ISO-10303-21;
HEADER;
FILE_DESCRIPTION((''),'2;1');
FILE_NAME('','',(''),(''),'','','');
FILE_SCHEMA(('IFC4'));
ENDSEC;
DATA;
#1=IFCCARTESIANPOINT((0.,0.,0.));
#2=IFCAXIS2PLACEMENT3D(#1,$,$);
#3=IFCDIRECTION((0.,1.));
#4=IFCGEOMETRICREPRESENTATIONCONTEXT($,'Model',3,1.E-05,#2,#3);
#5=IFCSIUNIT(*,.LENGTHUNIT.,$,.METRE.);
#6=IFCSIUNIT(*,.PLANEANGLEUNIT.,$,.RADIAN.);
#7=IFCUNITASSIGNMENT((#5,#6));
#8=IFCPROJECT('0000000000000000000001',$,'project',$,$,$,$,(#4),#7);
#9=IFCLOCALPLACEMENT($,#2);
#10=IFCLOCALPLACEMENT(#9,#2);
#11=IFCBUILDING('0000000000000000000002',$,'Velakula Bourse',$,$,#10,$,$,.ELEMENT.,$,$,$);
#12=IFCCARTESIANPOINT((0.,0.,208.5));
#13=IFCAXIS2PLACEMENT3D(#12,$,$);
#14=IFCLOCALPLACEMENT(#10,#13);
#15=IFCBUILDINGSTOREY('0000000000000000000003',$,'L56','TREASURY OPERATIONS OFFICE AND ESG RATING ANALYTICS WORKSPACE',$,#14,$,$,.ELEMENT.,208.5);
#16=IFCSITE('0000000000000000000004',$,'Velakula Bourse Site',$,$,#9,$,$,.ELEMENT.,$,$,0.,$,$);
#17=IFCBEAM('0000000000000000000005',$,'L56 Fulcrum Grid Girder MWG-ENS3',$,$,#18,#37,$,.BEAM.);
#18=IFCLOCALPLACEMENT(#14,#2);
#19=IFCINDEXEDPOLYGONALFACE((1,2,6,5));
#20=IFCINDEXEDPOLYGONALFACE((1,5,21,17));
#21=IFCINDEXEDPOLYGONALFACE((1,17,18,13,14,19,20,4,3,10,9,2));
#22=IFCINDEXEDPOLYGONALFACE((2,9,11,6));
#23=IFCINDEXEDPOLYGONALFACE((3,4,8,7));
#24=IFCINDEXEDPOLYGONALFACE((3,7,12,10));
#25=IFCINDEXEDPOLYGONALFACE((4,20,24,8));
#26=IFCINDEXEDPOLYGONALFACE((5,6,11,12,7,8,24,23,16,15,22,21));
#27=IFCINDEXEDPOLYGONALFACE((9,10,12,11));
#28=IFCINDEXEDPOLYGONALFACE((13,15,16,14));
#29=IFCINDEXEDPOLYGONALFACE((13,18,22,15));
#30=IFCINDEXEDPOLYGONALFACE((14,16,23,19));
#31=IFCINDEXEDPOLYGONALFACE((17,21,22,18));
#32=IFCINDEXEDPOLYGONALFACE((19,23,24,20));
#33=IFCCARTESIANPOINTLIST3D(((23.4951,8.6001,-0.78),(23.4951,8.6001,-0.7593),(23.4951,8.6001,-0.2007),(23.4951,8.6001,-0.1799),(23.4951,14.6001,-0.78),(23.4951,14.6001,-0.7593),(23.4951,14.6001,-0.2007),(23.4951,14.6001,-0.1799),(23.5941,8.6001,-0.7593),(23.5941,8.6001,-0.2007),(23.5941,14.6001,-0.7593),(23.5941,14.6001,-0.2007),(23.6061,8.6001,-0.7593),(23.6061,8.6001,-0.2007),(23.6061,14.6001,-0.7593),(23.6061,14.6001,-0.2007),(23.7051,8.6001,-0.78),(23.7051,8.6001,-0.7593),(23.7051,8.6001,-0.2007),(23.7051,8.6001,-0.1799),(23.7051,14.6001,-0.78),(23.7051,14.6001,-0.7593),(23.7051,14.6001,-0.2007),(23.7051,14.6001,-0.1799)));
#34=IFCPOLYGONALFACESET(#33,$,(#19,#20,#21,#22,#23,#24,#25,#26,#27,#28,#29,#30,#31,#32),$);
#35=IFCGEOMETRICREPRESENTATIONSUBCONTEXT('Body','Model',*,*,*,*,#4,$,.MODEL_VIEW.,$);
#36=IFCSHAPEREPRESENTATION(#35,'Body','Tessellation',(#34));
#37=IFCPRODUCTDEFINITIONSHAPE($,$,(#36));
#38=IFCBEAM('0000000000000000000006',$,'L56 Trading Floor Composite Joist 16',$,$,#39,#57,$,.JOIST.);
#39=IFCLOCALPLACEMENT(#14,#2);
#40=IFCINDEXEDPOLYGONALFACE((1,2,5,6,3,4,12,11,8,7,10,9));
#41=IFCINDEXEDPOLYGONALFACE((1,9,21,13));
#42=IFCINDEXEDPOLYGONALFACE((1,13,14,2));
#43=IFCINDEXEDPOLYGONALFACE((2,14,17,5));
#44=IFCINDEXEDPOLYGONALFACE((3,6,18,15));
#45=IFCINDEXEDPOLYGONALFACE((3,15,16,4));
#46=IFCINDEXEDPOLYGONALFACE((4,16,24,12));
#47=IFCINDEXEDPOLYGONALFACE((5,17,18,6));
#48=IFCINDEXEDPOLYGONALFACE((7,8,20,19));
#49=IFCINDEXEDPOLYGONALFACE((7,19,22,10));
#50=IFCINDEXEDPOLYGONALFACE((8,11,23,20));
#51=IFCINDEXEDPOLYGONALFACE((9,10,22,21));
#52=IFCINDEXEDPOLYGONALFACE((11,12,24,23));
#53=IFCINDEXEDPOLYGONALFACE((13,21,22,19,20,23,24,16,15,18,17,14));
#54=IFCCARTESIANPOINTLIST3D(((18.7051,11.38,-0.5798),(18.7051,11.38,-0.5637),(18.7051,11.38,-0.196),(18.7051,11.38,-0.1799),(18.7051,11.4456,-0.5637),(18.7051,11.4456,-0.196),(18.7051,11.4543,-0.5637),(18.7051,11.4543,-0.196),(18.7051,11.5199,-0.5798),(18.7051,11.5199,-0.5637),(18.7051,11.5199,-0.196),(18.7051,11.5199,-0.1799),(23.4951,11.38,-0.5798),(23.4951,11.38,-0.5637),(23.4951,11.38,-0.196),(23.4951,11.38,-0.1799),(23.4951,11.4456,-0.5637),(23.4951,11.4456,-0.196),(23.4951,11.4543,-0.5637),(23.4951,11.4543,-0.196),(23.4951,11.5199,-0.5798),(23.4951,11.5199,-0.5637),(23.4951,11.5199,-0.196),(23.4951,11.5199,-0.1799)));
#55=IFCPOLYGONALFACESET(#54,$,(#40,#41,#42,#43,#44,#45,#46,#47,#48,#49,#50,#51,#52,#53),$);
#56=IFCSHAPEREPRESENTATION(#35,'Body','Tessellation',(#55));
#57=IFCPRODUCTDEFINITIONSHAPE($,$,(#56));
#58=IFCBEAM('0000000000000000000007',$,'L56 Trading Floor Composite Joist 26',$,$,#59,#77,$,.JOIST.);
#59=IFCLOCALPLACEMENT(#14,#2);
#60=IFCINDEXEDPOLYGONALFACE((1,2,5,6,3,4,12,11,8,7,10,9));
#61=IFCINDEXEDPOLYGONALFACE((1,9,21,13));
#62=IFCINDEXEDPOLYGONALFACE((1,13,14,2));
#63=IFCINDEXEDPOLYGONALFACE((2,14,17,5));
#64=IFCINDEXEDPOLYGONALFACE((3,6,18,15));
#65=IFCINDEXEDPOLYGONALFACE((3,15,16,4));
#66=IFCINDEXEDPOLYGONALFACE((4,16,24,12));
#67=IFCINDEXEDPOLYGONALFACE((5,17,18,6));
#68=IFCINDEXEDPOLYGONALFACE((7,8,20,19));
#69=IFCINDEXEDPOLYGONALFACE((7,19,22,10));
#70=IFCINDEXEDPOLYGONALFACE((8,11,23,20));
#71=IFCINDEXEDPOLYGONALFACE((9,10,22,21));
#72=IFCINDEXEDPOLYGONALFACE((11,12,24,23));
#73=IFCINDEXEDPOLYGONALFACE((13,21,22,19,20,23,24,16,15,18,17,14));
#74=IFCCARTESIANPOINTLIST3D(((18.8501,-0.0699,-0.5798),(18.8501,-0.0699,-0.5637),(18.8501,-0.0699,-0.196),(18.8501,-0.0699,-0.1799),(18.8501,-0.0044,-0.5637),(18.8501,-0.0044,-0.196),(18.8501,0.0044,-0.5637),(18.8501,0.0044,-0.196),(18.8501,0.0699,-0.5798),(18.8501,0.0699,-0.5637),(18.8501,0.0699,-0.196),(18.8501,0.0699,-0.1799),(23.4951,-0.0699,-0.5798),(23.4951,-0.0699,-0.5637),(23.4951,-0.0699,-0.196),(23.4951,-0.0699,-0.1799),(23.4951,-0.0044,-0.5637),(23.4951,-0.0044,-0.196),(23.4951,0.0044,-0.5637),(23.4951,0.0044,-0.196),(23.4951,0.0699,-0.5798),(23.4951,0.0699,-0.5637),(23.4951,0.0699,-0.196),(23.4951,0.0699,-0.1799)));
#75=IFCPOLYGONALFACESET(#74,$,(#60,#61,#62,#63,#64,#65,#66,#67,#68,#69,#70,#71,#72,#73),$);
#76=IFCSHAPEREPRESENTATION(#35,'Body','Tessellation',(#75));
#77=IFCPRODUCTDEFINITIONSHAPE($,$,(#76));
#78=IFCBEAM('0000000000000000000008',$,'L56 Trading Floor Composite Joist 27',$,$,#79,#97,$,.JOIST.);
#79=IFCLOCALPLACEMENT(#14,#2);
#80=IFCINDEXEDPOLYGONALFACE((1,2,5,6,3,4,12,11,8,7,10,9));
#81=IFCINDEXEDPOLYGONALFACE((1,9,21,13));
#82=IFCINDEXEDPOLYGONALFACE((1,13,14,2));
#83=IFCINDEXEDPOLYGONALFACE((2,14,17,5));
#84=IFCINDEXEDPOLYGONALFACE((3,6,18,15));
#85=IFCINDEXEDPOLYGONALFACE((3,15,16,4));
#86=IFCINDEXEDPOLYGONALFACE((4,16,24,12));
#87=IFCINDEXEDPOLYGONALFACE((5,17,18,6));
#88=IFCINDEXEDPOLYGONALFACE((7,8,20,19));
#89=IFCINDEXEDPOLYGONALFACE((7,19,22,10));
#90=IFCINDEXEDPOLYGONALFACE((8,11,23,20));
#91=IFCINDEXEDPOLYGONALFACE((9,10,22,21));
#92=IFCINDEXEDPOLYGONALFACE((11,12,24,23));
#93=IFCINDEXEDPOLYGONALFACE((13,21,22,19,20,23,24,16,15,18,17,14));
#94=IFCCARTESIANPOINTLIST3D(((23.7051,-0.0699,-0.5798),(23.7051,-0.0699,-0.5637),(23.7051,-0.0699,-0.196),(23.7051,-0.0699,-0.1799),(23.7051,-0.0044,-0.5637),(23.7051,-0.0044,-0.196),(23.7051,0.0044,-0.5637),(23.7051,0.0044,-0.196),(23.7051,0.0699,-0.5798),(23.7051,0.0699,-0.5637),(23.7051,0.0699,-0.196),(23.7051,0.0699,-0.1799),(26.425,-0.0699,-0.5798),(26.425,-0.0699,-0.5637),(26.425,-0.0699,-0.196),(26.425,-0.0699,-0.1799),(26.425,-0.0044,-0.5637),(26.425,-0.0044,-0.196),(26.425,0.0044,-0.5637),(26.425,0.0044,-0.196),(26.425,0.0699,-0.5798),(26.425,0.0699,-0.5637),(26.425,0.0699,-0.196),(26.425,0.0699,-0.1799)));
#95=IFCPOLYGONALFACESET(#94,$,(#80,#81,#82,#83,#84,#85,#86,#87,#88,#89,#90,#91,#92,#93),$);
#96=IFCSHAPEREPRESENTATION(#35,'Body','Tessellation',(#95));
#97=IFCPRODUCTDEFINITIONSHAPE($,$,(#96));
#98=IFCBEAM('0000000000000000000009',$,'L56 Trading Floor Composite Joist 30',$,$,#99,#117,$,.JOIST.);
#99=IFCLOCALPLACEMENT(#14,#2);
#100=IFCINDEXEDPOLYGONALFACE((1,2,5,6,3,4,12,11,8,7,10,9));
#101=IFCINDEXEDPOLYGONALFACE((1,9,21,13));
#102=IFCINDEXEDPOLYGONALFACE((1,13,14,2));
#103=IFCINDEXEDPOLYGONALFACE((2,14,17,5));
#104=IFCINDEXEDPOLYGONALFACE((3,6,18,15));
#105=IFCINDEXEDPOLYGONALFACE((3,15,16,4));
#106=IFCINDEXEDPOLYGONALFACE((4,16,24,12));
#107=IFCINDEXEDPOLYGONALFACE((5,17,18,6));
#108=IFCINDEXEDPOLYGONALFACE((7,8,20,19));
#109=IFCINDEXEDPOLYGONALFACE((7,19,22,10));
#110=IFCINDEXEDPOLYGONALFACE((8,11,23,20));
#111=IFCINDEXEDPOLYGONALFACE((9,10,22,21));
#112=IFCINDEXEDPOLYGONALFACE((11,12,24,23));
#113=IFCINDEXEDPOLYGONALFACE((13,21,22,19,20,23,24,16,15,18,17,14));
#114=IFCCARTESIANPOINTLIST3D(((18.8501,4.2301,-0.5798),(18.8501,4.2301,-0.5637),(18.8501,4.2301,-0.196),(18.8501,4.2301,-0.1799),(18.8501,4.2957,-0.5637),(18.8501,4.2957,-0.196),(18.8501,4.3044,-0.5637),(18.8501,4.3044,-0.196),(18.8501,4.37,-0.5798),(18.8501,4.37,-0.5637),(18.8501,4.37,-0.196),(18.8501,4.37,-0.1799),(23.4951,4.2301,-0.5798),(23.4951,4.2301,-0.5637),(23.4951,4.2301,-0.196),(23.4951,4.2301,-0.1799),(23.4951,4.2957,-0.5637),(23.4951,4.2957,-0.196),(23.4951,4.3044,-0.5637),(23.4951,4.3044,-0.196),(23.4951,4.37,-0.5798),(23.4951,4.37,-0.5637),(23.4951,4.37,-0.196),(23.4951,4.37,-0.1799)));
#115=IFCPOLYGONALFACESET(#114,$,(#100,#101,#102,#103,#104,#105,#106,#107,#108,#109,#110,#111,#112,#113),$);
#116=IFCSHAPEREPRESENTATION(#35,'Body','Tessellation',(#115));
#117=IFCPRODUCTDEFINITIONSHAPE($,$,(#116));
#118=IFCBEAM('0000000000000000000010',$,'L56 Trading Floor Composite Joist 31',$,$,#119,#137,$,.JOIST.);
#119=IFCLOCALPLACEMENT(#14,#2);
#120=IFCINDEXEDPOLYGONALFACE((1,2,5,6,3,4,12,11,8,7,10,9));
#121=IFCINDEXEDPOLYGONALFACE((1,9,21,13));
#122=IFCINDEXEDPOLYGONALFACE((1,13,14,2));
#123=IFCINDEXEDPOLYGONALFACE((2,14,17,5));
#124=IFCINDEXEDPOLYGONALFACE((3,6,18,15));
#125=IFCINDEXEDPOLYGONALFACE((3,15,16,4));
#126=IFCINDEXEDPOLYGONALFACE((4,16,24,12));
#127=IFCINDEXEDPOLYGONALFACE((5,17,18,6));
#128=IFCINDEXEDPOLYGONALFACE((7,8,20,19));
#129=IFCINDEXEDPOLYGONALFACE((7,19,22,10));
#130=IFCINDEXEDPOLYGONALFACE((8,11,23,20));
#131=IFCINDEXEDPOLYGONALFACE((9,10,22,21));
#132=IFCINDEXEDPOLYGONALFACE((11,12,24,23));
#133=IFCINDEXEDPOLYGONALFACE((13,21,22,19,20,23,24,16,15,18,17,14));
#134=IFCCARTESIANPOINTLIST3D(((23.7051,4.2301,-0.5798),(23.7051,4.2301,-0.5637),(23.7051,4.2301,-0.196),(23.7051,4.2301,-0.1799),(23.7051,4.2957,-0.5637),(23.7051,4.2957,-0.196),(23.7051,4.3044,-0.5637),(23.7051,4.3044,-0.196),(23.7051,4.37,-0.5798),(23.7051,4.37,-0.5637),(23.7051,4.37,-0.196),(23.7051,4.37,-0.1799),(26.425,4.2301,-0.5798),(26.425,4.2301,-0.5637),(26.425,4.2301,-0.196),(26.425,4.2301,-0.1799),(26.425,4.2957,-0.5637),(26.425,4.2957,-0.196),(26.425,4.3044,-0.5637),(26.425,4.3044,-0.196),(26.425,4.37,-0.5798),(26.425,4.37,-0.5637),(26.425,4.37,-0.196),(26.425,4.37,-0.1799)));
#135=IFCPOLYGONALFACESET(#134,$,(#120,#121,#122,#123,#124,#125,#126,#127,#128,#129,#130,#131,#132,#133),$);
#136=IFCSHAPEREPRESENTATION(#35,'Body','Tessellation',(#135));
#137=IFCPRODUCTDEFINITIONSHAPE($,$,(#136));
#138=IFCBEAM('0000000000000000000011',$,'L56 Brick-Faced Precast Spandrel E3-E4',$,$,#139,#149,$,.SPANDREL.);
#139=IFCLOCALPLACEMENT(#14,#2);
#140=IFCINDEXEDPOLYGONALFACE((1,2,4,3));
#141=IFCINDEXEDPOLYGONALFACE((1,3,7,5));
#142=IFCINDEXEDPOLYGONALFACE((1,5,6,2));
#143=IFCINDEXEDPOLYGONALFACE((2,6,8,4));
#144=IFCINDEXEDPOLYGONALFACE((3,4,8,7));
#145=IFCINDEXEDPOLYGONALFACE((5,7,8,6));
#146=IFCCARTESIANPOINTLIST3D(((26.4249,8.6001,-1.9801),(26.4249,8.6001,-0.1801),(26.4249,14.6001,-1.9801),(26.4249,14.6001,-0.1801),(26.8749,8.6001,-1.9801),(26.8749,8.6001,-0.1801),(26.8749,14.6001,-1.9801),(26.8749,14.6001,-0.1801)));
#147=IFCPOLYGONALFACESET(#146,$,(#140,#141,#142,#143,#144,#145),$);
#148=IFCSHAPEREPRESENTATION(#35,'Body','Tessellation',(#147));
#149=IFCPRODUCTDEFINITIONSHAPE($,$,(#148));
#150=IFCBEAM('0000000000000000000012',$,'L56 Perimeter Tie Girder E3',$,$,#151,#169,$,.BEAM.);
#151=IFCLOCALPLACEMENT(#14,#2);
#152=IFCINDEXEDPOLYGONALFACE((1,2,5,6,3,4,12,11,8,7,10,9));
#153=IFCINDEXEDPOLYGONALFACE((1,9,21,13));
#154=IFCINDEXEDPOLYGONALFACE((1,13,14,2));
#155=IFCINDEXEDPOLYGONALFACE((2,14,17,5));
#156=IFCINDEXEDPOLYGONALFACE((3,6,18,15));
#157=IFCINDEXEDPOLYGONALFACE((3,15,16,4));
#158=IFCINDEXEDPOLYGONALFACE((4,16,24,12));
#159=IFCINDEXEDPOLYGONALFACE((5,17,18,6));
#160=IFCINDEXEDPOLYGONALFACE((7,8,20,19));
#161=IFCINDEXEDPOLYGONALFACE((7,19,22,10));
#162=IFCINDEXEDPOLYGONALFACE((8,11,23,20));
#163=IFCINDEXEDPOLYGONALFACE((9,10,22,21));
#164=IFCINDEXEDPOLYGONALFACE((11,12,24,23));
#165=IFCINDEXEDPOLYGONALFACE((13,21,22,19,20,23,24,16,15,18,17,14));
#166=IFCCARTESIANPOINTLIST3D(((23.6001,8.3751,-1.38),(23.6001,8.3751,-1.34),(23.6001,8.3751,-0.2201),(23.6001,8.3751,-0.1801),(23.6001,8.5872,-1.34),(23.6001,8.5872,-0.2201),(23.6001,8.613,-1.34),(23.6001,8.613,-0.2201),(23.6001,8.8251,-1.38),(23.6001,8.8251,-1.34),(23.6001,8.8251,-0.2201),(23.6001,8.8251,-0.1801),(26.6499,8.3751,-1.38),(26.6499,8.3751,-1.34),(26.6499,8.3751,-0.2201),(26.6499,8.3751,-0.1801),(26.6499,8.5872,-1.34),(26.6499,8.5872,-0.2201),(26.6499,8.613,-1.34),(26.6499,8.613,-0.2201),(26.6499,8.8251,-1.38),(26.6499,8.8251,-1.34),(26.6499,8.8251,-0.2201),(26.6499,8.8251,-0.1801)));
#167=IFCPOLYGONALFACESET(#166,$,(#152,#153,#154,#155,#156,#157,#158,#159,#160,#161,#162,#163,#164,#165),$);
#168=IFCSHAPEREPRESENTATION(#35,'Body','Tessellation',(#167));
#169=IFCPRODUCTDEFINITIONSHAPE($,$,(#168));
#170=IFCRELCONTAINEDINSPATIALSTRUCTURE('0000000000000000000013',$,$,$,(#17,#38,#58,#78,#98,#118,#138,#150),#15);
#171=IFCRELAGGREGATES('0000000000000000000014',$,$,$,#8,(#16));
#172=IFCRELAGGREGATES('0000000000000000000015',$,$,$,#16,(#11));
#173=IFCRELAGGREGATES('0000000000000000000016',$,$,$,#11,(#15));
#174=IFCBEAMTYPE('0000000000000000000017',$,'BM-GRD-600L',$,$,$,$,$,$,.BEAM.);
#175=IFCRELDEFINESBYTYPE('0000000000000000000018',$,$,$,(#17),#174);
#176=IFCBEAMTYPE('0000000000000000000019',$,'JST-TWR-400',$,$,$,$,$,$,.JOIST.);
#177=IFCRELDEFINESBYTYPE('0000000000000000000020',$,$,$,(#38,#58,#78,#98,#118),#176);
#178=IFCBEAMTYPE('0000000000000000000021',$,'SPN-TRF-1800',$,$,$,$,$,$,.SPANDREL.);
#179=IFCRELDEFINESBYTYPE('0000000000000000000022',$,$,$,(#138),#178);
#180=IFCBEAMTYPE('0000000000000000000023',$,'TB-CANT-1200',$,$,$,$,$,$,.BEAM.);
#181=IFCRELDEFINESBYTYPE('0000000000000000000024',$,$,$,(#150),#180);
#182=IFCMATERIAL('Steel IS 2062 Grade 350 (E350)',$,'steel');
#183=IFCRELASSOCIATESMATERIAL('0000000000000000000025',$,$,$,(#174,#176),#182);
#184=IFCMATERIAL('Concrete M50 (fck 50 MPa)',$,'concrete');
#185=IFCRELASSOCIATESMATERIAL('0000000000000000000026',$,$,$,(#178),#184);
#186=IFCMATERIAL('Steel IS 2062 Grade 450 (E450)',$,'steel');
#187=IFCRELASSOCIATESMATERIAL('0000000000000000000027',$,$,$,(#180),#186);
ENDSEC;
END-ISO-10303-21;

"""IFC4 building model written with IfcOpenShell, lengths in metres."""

from ifc_helpers import new_model, si_unit, direction, frame, origin, origin_2d, place, context, subcontext, project, spatial, rectangle, i_section, extrude, material, material_profile, profile_set, type_object, element, save


model = new_model("IFC4")

# Units and contexts
model_context = context("Model", 3, precision=1e-05, world=origin(), true_north=direction((0.0, 1.0)))
body_context = subcontext(model_context, "Body", "Model", "MODEL_VIEW")
ifc_project = project(units=[si_unit("LENGTHUNIT", "METRE"), si_unit("PLANEANGLEUNIT", "RADIAN")], contexts=[model_context])

# Site, building, storey
site_placement = place(None, origin())
site = spatial("IfcSite", under=ifc_project, at=site_placement, Name="Velakula Bourse Site", CompositionType="ELEMENT", RefElevation=0.0)
building_placement = place(site_placement, origin())
building = spatial("IfcBuilding", under=site, at=building_placement, Name="Velakula Bourse", CompositionType="ELEMENT")
storey_placement = place(building_placement, frame((0.0, 0.0, 208.5)))
storey = spatial("IfcBuildingStorey", under=building, at=storey_placement, Name="L56", Description="TREASURY OPERATIONS OFFICE AND ESG RATING ANALYTICS WORKSPACE", CompositionType="ELEMENT", Elevation=208.5)

# Shared definitions
ifc_material_1 = material(Name="Concrete M50 (fck 50 MPa)", Category="concrete")
ifc_material_2 = material(Name="Steel IS 2062 Grade 350 (E350)", Category="steel")

# Beams
ifc_material_profile_1 = material_profile(ifc_material_2, i_section(OverallWidth=0.21, OverallDepth=0.6001, WebThickness=0.012, FlangeThickness=0.0208, at=origin_2d()), Name="Steel IS 2062 Grade 350 (E350)")
ifc_profile_set_1 = profile_set([ifc_material_profile_1], Name="Steel IS 2062 Grade 350 (E350)")
beam_type_1 = type_object("IfcBeamType", Name="BM-GRD-600L", PredefinedType="BEAM", material=ifc_profile_set_1)
beam_1_placement = place(storey_placement, frame((23.6001, 8.6001, -0.48), z_axis=(0.0, 1.0, 0.0), x_axis=(-1.0, 0.0, 0.0)))
element("IfcBeam", 1, at=beam_1_placement, inside=storey, type_object=beam_type_1, Name="L56 Fulcrum Grid Girder MWG-ENS3", PredefinedType="BEAM", context=body_context, shape_type="SweptSolid", body=[
    extrude(i_section(OverallWidth=0.21, OverallDepth=0.6001, WebThickness=0.012, FlangeThickness=0.0208, at=origin_2d()), origin(), (0.0, 0.0, 1.0), 6.0),
])
ifc_material_profile_2 = material_profile(ifc_material_2, i_section(OverallWidth=0.1399, OverallDepth=0.3999, WebThickness=0.0088, FlangeThickness=0.0161, at=origin_2d()), Name="Steel IS 2062 Grade 350 (E350)")
ifc_profile_set_2 = profile_set([ifc_material_profile_2], Name="Steel IS 2062 Grade 350 (E350)")
beam_type_2 = type_object("IfcBeamType", Name="JST-TWR-400", PredefinedType="JOIST", material=ifc_profile_set_2)
beam_2_placement = place(storey_placement, frame((18.7051, 11.45, -0.3799), z_axis=(1.0, 0.0, 0.0), x_axis=(0.0, 1.0, 0.0)))
element("IfcBeam", 2, at=beam_2_placement, inside=storey, type_object=beam_type_2, Name="L56 Trading Floor Composite Joist 16", PredefinedType="JOIST", context=body_context, shape_type="SweptSolid", body=[
    extrude(i_section(OverallWidth=0.1399, OverallDepth=0.3999, WebThickness=0.0088, FlangeThickness=0.0161, at=origin_2d()), origin(), (0.0, 0.0, 1.0), 4.79),
])
beam_3_placement = place(storey_placement, frame((18.8501, 0.0, -0.3799), z_axis=(1.0, 0.0, 0.0), x_axis=(0.0, 1.0, 0.0)))
element("IfcBeam", 3, at=beam_3_placement, inside=storey, type_object=beam_type_2, Name="L56 Trading Floor Composite Joist 26", PredefinedType="JOIST", context=body_context, shape_type="SweptSolid", body=[
    extrude(i_section(OverallWidth=0.1399, OverallDepth=0.3999, WebThickness=0.0088, FlangeThickness=0.0161, at=origin_2d()), origin(), (0.0, 0.0, 1.0), 4.645),
])
beam_4_placement = place(storey_placement, frame((23.7051, 0.0, -0.3799), z_axis=(1.0, 0.0, 0.0), x_axis=(0.0, 1.0, 0.0)))
element("IfcBeam", 4, at=beam_4_placement, inside=storey, type_object=beam_type_2, Name="L56 Trading Floor Composite Joist 27", PredefinedType="JOIST", context=body_context, shape_type="SweptSolid", body=[
    extrude(i_section(OverallWidth=0.1399, OverallDepth=0.3999, WebThickness=0.0088, FlangeThickness=0.0161, at=origin_2d()), origin(), (0.0, 0.0, 1.0), 2.72),
])
beam_5_placement = place(storey_placement, frame((18.8501, 4.3, -0.3799), z_axis=(1.0, 0.0, 0.0), x_axis=(0.0, 1.0, 0.0)))
element("IfcBeam", 5, at=beam_5_placement, inside=storey, type_object=beam_type_2, Name="L56 Trading Floor Composite Joist 30", PredefinedType="JOIST", context=body_context, shape_type="SweptSolid", body=[
    extrude(i_section(OverallWidth=0.1399, OverallDepth=0.3999, WebThickness=0.0088, FlangeThickness=0.0161, at=origin_2d()), origin(), (0.0, 0.0, 1.0), 4.645),
])
beam_6_placement = place(storey_placement, frame((23.7051, 4.3, -0.3799), z_axis=(1.0, 0.0, 0.0), x_axis=(0.0, 1.0, 0.0)))
element("IfcBeam", 6, at=beam_6_placement, inside=storey, type_object=beam_type_2, Name="L56 Trading Floor Composite Joist 31", PredefinedType="JOIST", context=body_context, shape_type="SweptSolid", body=[
    extrude(i_section(OverallWidth=0.1399, OverallDepth=0.3999, WebThickness=0.0088, FlangeThickness=0.0161, at=origin_2d()), origin(), (0.0, 0.0, 1.0), 2.72),
])
ifc_material_profile_3 = material_profile(ifc_material_1, rectangle(XDim=0.45, YDim=1.8, at=origin_2d()), Name="Concrete M50 (fck 50 MPa)")
ifc_profile_set_3 = profile_set([ifc_material_profile_3], Name="Concrete M50 (fck 50 MPa)")
beam_type_3 = type_object("IfcBeamType", Name="SPN-TRF-1800", PredefinedType="SPANDREL", material=ifc_profile_set_3)
beam_7_placement = place(storey_placement, frame((26.6499, 8.6001, -1.0801), z_axis=(0.0, 1.0, 0.0), x_axis=(-1.0, 0.0, 0.0)))
element("IfcBeam", 7, at=beam_7_placement, inside=storey, type_object=beam_type_3, Name="L56 Brick-Faced Precast Spandrel E3-E4", PredefinedType="SPANDREL", context=body_context, shape_type="SweptSolid", body=[
    extrude(rectangle(XDim=0.45, YDim=1.8, at=origin_2d()), origin(), (0.0, 0.0, 1.0), 6.0),
])
ifc_material_3 = material(Name="Steel IS 2062 Grade 450 (E450)", Category="steel")
ifc_material_profile_4 = material_profile(ifc_material_3, i_section(OverallWidth=0.45, OverallDepth=1.2, WebThickness=0.0259, FlangeThickness=0.04, at=origin_2d()), Name="Steel IS 2062 Grade 450 (E450)")
ifc_profile_set_4 = profile_set([ifc_material_profile_4], Name="Steel IS 2062 Grade 450 (E450)")
beam_type_4 = type_object("IfcBeamType", Name="TB-CANT-1200", PredefinedType="BEAM", material=ifc_profile_set_4)
beam_8_placement = place(storey_placement, frame((23.6001, 8.6001, -0.78), z_axis=(1.0, 0.0, 0.0), x_axis=(0.0, 1.0, 0.0)))
element("IfcBeam", 8, at=beam_8_placement, inside=storey, type_object=beam_type_4, Name="L56 Perimeter Tie Girder E3", PredefinedType="BEAM", context=body_context, shape_type="SweptSolid", body=[
    extrude(i_section(OverallWidth=0.45, OverallDepth=1.2, WebThickness=0.0259, FlangeThickness=0.04, at=origin_2d()), origin(), (0.0, 0.0, 1.0), 3.0498),
])

save(model, "model.ifc")
